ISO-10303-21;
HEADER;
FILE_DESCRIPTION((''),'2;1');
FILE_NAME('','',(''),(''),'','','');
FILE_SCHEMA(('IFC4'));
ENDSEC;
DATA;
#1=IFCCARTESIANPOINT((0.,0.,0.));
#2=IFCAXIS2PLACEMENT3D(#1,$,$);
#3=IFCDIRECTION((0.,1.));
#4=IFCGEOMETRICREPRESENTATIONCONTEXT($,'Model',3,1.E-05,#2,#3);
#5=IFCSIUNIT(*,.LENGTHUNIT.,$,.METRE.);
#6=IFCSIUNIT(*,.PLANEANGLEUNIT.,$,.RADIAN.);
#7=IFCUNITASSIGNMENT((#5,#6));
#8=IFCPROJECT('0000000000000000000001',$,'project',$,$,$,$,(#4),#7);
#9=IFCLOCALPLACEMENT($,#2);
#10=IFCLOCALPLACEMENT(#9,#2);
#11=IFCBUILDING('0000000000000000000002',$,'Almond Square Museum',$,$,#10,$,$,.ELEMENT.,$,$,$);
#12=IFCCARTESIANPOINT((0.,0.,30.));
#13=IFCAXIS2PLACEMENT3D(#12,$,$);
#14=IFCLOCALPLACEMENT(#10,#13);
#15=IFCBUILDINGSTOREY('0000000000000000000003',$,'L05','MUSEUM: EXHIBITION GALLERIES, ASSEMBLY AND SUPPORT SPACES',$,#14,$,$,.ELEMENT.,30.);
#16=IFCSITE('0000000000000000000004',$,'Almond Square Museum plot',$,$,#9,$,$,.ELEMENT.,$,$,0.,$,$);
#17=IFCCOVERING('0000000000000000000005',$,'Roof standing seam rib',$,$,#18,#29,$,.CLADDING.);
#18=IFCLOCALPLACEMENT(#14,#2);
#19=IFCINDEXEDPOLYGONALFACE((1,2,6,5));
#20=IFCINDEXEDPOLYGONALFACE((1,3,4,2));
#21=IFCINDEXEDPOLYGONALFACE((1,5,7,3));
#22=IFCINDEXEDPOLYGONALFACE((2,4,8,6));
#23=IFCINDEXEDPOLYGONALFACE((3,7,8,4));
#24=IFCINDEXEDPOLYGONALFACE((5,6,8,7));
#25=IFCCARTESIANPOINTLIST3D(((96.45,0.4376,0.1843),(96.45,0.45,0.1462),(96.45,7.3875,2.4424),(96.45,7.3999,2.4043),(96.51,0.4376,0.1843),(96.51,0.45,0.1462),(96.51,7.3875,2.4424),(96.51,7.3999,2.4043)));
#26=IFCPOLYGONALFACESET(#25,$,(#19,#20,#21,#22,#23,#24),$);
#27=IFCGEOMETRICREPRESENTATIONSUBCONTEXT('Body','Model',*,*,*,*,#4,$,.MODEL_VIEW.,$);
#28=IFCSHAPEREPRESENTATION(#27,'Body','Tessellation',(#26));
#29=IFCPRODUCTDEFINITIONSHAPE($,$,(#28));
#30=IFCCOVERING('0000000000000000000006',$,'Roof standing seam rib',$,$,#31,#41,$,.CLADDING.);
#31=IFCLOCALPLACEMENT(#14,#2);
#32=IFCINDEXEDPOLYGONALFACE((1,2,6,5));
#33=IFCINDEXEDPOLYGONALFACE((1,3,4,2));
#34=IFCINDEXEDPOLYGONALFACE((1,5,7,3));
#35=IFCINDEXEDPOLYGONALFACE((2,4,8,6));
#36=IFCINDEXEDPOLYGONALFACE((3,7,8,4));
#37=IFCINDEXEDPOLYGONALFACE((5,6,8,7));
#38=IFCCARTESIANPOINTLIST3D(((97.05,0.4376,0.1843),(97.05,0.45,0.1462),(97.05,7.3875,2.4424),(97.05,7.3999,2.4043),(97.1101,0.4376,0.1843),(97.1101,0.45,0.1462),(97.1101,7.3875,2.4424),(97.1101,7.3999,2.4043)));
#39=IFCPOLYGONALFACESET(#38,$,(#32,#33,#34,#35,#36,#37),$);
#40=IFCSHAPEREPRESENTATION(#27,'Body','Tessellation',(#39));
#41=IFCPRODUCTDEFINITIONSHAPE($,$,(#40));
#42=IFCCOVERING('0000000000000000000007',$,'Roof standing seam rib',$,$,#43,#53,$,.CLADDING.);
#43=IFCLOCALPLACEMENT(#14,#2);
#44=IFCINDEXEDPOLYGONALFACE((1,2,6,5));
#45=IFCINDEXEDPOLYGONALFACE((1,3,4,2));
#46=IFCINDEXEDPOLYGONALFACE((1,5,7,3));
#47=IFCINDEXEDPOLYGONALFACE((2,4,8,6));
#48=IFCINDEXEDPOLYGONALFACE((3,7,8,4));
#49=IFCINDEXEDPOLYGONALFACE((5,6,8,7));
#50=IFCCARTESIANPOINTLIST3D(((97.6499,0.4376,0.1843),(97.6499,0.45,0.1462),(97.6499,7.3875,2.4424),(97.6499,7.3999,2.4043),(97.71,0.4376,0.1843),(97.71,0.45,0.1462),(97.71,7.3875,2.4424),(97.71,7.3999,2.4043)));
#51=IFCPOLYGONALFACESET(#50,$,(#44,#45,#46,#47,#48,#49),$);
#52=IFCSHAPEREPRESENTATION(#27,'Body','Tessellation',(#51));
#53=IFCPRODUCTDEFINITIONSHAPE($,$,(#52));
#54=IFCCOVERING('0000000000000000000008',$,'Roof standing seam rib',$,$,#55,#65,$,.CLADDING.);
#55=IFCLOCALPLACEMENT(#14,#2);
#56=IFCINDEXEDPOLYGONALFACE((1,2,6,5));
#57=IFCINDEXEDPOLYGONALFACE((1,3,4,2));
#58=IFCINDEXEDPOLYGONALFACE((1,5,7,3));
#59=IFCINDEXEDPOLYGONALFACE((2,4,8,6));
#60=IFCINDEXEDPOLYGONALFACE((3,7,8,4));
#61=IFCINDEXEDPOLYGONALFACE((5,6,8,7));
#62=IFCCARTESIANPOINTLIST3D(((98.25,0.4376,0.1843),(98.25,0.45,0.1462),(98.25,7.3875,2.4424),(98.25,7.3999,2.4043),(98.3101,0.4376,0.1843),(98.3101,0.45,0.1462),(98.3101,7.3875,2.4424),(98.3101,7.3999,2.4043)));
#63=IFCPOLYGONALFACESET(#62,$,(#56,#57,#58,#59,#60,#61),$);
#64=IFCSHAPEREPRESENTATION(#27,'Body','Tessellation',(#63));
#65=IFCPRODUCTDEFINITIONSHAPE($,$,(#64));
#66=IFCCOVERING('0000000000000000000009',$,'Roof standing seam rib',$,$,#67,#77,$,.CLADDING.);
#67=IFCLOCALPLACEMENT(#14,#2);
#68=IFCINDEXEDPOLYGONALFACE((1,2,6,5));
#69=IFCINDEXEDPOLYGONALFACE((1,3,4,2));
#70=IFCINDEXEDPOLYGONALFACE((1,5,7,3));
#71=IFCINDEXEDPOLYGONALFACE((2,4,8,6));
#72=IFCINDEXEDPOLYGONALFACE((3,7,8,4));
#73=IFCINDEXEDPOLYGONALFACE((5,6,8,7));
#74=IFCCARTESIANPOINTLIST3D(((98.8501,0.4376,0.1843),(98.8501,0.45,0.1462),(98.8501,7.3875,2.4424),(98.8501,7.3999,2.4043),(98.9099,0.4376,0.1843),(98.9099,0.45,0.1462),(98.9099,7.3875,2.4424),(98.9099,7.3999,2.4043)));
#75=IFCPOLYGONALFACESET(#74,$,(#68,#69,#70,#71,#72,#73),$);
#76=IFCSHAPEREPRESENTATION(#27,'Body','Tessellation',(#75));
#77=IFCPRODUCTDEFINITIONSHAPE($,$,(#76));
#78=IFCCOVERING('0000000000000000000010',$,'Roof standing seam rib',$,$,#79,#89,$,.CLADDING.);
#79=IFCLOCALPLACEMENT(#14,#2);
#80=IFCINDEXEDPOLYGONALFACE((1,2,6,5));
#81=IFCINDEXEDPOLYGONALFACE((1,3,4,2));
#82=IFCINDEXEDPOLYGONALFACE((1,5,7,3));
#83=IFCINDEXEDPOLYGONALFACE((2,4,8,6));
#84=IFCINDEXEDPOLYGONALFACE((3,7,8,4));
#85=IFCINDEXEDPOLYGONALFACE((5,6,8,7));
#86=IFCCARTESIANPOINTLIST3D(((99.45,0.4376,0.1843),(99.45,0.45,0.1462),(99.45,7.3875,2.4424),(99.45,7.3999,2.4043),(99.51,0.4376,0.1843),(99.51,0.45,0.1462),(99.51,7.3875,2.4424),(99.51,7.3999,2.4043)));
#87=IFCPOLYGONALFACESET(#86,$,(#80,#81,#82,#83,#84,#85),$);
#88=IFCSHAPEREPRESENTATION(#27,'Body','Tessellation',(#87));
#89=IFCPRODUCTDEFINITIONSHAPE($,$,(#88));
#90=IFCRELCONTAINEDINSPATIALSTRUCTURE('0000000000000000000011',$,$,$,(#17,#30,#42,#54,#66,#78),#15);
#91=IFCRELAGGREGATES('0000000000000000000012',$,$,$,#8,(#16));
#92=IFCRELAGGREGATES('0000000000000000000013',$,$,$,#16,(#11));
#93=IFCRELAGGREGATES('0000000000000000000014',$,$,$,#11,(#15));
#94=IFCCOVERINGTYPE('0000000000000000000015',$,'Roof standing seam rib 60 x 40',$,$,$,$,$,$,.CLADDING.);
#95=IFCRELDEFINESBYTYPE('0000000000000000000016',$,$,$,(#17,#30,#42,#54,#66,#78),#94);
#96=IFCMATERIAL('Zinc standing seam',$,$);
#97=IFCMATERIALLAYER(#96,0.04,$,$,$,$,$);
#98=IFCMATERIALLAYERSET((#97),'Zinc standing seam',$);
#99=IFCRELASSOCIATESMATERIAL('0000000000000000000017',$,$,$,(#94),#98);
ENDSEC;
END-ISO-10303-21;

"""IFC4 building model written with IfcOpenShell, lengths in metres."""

from ifc_helpers import new_model, si_unit, direction, frame, origin, place, context, subcontext, project, spatial, polyline, outline, extrude, material, layer, layer_set, type_object, element, save


model = new_model("IFC4")

# Units and contexts
model_context = context("Model", 3, precision=1e-05, world=origin(), true_north=direction((0.0, 1.0)))
body_context = subcontext(model_context, "Body", "Model", "MODEL_VIEW")
ifc_project = project(units=[si_unit("LENGTHUNIT", "METRE"), si_unit("PLANEANGLEUNIT", "RADIAN")], contexts=[model_context])

# Site, building, storey
site_placement = place(None, origin())
site = spatial("IfcSite", under=ifc_project, at=site_placement, Name="Almond Square Museum plot", CompositionType="ELEMENT", RefElevation=0.0)
building_placement = place(site_placement, origin())
building = spatial("IfcBuilding", under=site, at=building_placement, Name="Almond Square Museum", CompositionType="ELEMENT")
storey_placement = place(building_placement, frame((0.0, 0.0, 30.0)))
storey = spatial("IfcBuildingStorey", under=building, at=storey_placement, Name="L05", Description="MUSEUM: EXHIBITION GALLERIES, ASSEMBLY AND SUPPORT SPACES", CompositionType="ELEMENT", Elevation=30.0)

# Coverings
ifc_material_1 = material(Name="Zinc standing seam")
ifc_layer_1 = layer(ifc_material_1, 0.04)
ifc_layer_set_1 = layer_set([ifc_layer_1], Name="Zinc standing seam")
covering_type = type_object("IfcCoveringType", Name="Roof standing seam rib 60 x 40", PredefinedType="CLADDING", material=ifc_layer_set_1)
for number, where, z_axis, x_axis, name in (
    (1, (96.45, 0.45, 0.1462), (0.0, -0.309002, 0.951061), (1.0, 0.0, 0.0), "Roof standing seam rib"),
    (2, (97.05, 0.45, 0.1462), (0.0, -0.309002, 0.951061), (1.0, 0.0, 0.0), "Roof standing seam rib"),
    (3, (97.6499, 0.45, 0.1462), (0.0, -0.309002, 0.951061), (1.0, 0.0, 0.0), "Roof standing seam rib"),
    (4, (98.25, 0.45, 0.1462), (0.0, -0.309002, 0.951061), (1.0, 0.0, 0.0), "Roof standing seam rib"),
):
    element("IfcCovering", number, at=place(storey_placement, frame(where, z_axis=z_axis, x_axis=x_axis)), inside=storey, type_object=covering_type, Name=name, PredefinedType="CLADDING", context=body_context, shape_type="SweptSolid", body=[
        extrude(outline(polyline([(0.0, 0.0), (0.0601, 0.0), (0.0601, 7.3076), (0.0, 7.3076), (0.0, 0.0)])), origin(), (0.0, 0.0, 1.0), 0.04),
    ])
covering_1_placement = place(storey_placement, frame((98.8501, 0.45, 0.1462), z_axis=(0.0, -0.309002, 0.951061), x_axis=(1.0, 0.0, 0.0)))
element("IfcCovering", 5, at=covering_1_placement, inside=storey, type_object=covering_type, Name="Roof standing seam rib", PredefinedType="CLADDING", context=body_context, shape_type="SweptSolid", body=[
    extrude(outline(polyline([(0.0, 0.0), (0.0598, 0.0), (0.0598, 7.3076), (0.0, 7.3076), (0.0, 0.0)])), origin(), (0.0, 0.0, 1.0), 0.04),
])
covering_2_placement = place(storey_placement, frame((99.45, 0.45, 0.1462), z_axis=(0.0, -0.309002, 0.951061), x_axis=(1.0, 0.0, 0.0)))
element("IfcCovering", 6, at=covering_2_placement, inside=storey, type_object=covering_type, Name="Roof standing seam rib", PredefinedType="CLADDING", context=body_context, shape_type="SweptSolid", body=[
    extrude(outline(polyline([(0.0, 0.0), (0.0601, 0.0), (0.0601, 7.3076), (0.0, 7.3076), (0.0, 0.0)])), origin(), (0.0, 0.0, 1.0), 0.04),
])

save(model, "model.ifc")
